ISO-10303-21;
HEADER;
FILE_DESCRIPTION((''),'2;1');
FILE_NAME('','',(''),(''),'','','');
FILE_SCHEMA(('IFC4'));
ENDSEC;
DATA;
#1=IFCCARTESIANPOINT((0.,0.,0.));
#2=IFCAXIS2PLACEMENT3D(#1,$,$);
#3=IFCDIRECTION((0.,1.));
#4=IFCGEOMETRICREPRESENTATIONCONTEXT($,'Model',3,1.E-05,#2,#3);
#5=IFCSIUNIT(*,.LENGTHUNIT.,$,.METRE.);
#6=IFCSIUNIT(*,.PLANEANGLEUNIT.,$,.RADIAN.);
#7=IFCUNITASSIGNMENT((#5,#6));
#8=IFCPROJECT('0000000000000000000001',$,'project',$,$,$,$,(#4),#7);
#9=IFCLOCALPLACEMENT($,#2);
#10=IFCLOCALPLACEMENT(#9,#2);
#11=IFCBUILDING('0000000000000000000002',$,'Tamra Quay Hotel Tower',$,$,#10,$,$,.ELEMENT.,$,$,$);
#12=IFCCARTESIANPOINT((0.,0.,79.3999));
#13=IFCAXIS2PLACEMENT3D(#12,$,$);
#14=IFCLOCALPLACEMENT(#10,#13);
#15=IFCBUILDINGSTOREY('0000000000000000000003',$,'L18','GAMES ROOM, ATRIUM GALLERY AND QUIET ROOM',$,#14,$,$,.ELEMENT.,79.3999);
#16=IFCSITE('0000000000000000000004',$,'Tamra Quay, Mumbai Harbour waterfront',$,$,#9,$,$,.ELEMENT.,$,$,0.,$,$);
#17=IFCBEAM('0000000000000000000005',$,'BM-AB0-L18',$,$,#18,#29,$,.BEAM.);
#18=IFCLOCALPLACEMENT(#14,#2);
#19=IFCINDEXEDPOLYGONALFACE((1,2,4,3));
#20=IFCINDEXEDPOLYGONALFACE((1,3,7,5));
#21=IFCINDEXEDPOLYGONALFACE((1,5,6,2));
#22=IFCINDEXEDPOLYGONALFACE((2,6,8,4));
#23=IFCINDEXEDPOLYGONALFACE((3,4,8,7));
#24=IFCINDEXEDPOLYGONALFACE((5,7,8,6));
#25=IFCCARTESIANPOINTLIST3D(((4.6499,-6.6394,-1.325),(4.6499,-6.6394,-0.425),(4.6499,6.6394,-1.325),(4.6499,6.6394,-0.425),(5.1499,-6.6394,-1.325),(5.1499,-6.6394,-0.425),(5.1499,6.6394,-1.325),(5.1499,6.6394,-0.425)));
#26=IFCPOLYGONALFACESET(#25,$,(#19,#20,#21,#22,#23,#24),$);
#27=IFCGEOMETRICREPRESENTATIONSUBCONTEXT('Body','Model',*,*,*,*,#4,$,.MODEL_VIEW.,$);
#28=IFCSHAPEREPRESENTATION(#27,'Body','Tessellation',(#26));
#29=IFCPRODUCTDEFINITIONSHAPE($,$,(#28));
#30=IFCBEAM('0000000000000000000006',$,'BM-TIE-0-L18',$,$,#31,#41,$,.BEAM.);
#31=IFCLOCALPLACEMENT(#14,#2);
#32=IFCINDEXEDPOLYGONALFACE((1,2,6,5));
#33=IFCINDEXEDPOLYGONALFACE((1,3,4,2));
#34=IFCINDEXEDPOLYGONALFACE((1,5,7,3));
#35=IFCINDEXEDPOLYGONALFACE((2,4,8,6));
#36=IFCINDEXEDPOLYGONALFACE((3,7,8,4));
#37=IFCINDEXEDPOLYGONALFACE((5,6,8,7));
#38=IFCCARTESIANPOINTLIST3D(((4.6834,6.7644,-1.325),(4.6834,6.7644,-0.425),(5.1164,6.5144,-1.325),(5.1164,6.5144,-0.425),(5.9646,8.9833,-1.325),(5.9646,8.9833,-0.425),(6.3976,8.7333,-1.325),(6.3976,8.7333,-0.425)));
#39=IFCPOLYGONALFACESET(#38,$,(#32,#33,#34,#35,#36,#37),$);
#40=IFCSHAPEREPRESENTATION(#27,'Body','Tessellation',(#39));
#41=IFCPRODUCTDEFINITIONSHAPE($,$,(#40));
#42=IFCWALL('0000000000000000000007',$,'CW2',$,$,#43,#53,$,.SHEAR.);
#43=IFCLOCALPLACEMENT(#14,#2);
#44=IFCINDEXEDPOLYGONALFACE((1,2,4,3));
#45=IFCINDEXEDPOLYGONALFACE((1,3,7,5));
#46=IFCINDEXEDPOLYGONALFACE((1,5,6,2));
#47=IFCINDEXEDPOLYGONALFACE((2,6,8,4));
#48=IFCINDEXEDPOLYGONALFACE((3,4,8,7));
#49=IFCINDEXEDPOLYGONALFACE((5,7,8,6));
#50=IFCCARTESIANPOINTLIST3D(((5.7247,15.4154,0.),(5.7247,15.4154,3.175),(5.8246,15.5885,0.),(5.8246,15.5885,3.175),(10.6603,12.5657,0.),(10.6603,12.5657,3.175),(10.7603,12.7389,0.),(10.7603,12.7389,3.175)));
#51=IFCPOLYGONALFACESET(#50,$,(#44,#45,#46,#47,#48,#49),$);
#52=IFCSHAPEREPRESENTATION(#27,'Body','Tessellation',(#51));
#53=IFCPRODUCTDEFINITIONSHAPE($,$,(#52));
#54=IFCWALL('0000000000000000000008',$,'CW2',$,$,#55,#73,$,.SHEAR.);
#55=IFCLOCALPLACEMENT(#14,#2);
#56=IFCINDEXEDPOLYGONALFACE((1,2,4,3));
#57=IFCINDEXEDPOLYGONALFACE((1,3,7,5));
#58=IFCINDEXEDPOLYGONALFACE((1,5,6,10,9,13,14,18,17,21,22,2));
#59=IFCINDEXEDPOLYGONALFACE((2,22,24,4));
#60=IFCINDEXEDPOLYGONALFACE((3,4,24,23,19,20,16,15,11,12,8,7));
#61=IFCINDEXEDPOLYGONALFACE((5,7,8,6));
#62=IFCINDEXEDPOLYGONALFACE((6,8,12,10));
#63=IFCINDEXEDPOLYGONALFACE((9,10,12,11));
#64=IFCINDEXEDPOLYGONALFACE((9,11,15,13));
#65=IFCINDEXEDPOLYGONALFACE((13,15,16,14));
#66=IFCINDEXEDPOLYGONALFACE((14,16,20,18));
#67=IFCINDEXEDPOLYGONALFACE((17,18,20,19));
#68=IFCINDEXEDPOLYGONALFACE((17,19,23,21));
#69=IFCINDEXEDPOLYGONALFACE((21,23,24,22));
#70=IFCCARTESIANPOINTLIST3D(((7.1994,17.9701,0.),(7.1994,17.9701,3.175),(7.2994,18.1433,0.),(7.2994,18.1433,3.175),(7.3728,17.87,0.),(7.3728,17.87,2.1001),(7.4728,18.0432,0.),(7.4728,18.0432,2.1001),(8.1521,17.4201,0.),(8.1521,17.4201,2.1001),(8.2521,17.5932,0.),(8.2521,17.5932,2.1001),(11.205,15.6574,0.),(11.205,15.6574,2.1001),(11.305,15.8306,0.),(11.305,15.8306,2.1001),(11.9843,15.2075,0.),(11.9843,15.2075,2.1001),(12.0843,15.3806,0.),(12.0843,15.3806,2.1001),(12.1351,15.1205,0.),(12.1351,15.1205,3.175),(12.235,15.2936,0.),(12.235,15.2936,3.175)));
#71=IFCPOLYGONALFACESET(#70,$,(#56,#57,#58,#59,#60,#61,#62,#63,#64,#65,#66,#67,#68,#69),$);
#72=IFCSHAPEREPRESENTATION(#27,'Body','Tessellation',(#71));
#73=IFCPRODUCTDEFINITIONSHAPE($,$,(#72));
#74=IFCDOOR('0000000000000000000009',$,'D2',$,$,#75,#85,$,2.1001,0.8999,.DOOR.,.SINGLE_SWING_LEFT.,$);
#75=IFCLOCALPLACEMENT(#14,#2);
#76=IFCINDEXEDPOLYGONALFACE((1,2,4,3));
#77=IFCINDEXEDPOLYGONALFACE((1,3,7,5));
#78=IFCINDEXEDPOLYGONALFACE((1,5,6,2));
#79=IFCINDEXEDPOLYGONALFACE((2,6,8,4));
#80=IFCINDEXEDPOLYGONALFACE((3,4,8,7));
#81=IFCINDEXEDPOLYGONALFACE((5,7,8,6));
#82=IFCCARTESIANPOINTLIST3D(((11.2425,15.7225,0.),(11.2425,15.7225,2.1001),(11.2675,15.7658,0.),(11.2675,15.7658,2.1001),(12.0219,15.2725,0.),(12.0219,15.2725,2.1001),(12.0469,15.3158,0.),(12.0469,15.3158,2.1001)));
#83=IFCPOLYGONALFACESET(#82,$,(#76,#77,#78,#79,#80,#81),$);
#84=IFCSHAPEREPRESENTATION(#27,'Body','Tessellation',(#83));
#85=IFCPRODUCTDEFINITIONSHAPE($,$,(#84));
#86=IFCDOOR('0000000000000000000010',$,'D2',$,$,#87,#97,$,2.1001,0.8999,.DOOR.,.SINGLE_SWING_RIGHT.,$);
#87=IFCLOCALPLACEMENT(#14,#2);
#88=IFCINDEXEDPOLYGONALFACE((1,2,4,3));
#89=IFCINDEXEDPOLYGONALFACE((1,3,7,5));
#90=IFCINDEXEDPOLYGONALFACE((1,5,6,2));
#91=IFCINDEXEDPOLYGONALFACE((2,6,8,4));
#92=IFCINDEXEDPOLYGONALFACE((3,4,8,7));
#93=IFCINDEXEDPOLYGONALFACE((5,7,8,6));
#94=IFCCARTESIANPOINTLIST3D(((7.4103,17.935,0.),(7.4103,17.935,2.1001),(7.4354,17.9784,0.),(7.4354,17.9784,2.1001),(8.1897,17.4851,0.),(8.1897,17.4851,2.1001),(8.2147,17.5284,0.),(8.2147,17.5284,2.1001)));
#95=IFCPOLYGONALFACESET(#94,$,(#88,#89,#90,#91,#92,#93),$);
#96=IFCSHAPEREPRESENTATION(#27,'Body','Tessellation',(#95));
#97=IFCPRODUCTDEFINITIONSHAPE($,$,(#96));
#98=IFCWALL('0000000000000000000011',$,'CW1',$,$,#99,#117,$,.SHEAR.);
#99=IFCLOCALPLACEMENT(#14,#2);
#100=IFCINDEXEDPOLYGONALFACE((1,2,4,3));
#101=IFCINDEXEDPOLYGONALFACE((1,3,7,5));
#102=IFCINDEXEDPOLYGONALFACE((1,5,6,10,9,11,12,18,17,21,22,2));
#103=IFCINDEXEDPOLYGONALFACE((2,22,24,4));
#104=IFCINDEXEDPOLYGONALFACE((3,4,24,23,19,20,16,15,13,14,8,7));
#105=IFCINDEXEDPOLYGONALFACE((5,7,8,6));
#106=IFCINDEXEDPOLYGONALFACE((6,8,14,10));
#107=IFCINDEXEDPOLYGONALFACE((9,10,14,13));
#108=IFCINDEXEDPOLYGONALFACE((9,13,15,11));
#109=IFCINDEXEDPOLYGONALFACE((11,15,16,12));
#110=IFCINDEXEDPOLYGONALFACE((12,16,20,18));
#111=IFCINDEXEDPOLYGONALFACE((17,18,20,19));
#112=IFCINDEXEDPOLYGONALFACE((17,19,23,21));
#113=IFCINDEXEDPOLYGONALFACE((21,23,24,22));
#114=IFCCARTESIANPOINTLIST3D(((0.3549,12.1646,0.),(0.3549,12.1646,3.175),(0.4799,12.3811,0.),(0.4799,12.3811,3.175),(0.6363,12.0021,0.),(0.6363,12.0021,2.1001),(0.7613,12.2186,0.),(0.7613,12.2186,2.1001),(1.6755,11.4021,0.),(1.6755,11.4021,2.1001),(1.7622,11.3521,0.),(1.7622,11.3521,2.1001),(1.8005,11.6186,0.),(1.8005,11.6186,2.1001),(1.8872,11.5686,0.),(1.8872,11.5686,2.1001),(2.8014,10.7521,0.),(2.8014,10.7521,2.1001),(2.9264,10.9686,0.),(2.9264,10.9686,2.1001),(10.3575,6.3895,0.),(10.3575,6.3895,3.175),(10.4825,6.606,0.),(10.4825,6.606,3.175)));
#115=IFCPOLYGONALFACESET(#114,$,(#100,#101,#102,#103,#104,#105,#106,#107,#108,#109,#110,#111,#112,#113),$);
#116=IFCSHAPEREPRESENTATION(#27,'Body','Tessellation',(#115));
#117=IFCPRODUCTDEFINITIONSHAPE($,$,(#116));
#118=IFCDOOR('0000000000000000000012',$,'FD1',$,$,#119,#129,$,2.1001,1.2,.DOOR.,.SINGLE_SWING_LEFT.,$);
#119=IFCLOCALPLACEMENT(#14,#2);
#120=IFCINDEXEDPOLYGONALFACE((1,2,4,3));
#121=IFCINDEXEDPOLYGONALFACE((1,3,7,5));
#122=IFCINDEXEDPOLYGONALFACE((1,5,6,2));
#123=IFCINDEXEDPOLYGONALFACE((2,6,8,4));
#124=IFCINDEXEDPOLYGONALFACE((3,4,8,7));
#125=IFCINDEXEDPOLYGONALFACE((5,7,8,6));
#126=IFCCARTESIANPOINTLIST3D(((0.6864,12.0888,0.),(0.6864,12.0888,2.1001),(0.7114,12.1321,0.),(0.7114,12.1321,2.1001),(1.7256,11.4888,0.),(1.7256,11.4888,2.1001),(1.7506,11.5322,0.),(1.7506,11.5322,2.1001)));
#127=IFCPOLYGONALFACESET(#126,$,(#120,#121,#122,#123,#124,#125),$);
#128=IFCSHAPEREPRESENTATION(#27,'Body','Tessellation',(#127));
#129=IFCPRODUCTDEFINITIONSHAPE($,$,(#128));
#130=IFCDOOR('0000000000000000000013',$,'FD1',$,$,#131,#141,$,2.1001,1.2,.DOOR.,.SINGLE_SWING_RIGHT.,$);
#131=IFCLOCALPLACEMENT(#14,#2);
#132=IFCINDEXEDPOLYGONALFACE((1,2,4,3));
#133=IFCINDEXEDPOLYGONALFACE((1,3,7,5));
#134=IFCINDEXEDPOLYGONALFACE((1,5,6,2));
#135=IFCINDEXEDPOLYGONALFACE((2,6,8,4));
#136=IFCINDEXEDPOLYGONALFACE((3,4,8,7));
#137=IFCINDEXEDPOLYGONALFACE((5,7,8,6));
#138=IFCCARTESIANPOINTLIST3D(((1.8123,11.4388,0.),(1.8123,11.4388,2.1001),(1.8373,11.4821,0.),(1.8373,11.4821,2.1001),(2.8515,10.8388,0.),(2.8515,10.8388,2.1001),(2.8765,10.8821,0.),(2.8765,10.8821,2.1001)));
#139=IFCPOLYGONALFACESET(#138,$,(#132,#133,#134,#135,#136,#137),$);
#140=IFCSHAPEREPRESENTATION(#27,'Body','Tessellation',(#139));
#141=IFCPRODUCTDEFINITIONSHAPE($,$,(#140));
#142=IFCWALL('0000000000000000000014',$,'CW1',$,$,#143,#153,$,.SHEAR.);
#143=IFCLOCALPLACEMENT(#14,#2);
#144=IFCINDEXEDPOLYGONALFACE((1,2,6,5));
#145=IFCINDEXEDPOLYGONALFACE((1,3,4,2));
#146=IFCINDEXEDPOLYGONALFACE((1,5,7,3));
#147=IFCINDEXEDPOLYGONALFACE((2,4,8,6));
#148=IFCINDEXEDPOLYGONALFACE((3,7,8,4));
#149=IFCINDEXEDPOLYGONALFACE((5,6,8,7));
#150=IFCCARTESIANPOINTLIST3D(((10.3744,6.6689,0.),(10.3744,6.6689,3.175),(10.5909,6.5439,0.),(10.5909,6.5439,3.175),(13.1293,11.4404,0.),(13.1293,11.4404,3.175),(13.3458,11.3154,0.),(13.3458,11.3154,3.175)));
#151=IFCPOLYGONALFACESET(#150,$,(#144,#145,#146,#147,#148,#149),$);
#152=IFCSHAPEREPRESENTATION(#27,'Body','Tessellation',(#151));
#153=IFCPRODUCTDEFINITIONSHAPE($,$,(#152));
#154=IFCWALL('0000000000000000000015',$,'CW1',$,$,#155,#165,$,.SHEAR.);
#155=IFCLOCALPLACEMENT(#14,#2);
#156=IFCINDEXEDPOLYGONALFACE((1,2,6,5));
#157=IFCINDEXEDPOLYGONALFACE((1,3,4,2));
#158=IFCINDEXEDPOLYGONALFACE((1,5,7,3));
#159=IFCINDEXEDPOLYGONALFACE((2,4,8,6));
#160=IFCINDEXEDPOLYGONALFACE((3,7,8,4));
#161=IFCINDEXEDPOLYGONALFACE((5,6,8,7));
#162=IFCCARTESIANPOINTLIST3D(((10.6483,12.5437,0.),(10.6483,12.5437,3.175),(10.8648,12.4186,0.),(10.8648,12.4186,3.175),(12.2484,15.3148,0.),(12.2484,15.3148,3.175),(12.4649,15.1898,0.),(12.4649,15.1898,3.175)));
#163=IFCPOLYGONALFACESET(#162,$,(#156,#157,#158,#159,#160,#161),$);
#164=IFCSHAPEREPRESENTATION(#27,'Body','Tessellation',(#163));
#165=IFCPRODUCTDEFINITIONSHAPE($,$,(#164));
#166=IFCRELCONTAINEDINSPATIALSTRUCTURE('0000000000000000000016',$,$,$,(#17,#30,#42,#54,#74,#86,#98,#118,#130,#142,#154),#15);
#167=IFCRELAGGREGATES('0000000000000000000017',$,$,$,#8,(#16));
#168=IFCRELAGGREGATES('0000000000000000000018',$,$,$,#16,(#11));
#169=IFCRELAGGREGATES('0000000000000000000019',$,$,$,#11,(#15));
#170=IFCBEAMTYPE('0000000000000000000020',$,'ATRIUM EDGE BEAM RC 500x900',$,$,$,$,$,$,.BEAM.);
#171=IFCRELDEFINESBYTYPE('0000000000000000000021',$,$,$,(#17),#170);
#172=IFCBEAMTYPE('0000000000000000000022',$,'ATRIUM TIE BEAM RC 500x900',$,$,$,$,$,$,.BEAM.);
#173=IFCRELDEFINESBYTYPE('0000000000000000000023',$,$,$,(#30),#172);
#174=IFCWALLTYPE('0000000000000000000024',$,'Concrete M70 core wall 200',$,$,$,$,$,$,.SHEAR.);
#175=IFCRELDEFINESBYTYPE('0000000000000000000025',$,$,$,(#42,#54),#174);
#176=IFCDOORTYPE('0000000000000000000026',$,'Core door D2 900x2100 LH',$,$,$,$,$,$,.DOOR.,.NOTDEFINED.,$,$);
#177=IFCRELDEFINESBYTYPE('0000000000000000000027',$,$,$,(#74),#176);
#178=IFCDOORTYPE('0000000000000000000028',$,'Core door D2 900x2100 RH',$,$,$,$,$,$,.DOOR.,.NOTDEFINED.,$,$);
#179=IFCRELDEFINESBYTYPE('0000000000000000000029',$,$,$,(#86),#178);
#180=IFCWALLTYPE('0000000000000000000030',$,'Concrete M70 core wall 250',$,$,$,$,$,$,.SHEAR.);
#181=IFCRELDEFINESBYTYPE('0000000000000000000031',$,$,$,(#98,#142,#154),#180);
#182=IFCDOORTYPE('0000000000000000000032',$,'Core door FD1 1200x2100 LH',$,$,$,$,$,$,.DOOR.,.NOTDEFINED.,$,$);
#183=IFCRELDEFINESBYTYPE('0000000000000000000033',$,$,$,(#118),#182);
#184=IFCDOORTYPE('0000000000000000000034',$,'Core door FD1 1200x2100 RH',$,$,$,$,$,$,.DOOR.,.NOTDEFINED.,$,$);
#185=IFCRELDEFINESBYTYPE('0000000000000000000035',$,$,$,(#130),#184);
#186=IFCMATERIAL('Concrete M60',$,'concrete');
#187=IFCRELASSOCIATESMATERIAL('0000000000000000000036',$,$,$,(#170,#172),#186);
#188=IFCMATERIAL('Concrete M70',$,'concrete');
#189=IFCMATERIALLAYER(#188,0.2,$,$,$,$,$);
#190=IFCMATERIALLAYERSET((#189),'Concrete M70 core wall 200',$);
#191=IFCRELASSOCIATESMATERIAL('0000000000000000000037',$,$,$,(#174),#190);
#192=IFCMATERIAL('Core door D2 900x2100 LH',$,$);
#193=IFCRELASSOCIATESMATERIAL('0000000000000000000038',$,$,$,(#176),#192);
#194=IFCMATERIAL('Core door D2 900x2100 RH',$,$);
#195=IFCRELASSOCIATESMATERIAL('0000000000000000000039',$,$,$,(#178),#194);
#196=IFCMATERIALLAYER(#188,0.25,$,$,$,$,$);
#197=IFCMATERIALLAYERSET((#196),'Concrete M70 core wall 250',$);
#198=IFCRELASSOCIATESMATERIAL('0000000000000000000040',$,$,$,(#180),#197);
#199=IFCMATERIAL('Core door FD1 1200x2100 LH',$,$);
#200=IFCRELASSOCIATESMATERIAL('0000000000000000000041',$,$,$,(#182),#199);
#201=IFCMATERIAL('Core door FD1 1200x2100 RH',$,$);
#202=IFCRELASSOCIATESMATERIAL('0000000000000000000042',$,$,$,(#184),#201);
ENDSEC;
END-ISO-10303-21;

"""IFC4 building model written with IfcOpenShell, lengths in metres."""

from ifc_helpers import new_model, si_unit, direction, frame, frame_2d, origin, origin_2d, place, context, subcontext, project, spatial, rectangle, extrude, material, layer, layer_set, material_profile, profile_set, type_object, element, fill, save


model = new_model("IFC4")

# Units and contexts
model_context = context("Model", 3, precision=1e-05, world=origin(), true_north=direction((0.0, 1.0)))
body_context = subcontext(model_context, "Body", "Model", "MODEL_VIEW")
ifc_project = project(units=[si_unit("LENGTHUNIT", "METRE"), si_unit("PLANEANGLEUNIT", "RADIAN")], contexts=[model_context])

# Site, building, storey
site_placement = place(None, origin())
site = spatial("IfcSite", under=ifc_project, at=site_placement, Name="Tamra Quay, Mumbai Harbour waterfront", CompositionType="ELEMENT", RefElevation=0.0)
building_placement = place(site_placement, origin())
building = spatial("IfcBuilding", under=site, at=building_placement, Name="Tamra Quay Hotel Tower", CompositionType="ELEMENT")
storey_placement = place(building_placement, frame((0.0, 0.0, 79.3999)))
storey = spatial("IfcBuildingStorey", under=building, at=storey_placement, Name="L18", Description="GAMES ROOM, ATRIUM GALLERY AND QUIET ROOM", CompositionType="ELEMENT", Elevation=79.3999)

# Beams
ifc_material_1 = material(Name="Concrete M60", Category="concrete")
ifc_material_profile_1 = material_profile(ifc_material_1, rectangle(XDim=0.5, YDim=0.8999, at=origin_2d()), Name="ATRIUM EDGE BEAM RC 500x900")
ifc_profile_set_1 = profile_set([ifc_material_profile_1], Name="Concrete M60")
beam_type_1 = type_object("IfcBeamType", Name="ATRIUM EDGE BEAM RC 500x900", PredefinedType="BEAM", material=ifc_profile_set_1)
beam_1_placement = place(storey_placement, frame((4.8999, 6.6394, -0.875), z_axis=(0.0, -1.0, 0.0), x_axis=(1.0, 0.0, 0.0)))
element("IfcBeam", 1, at=beam_1_placement, inside=storey, type_object=beam_type_1, Name="BM-AB0-L18", PredefinedType="BEAM", context=body_context, shape_type="SweptSolid", body=[
    extrude(rectangle(XDim=0.5, YDim=0.8999, at=origin_2d()), origin(), (0.0, 0.0, 1.0), 13.2788),
])
ifc_material_profile_2 = material_profile(ifc_material_1, rectangle(XDim=0.5, YDim=0.8999, at=origin_2d()), Name="ATRIUM TIE BEAM RC 500x900")
ifc_profile_set_2 = profile_set([ifc_material_profile_2], Name="Concrete M60")
beam_type_2 = type_object("IfcBeamType", Name="ATRIUM TIE BEAM RC 500x900", PredefinedType="BEAM", material=ifc_profile_set_2)
beam_2_placement = place(storey_placement, frame((4.8999, 6.6394, -0.875), z_axis=(0.500033, 0.866006, 0.0), x_axis=(-0.866006, 0.500033, 0.0)))
element("IfcBeam", 2, at=beam_2_placement, inside=storey, type_object=beam_type_2, Name="BM-TIE-0-L18", PredefinedType="BEAM", context=body_context, shape_type="SweptSolid", body=[
    extrude(rectangle(XDim=0.5, YDim=0.8999, at=origin_2d()), origin(), (0.0, 0.0, 1.0), 2.5623),
])

# Wall
ifc_material_2 = material(Name="Concrete M70", Category="concrete")
ifc_layer_1 = layer(ifc_material_2, 0.2)
ifc_layer_set_1 = layer_set([ifc_layer_1], Name="Concrete M70 core wall 200")
wall_type_1 = type_object("IfcWallType", Name="Concrete M70 core wall 200", PredefinedType="SHEAR", material=ifc_layer_set_1)
wall_1_placement = place(storey_placement, frame((5.7747, 15.502, 0.0), z_axis=(0.0, 0.0, 1.0), x_axis=(0.86602, -0.500009, 0.0)))
element("IfcWall", 3, at=wall_1_placement, inside=storey, type_object=wall_type_1, Name="CW2", PredefinedType="SHEAR", context=body_context, shape_type="SweptSolid", body=[
    extrude(rectangle(XDim=5.6992, YDim=0.2, at=frame_2d((2.8496, 0.0))), origin(), (0.0, 0.0, 1.0), 3.175),
])

# Walls, openings, doors
wall_2_placement = place(storey_placement, frame((12.1851, 15.207, 0.0), z_axis=(0.0, 0.0, 1.0), x_axis=(-0.86602, 0.500009, 0.0)))
wall_2 = element("IfcWall", 4, at=wall_2_placement, inside=storey, type_object=wall_type_1, Name="CW2", PredefinedType="SHEAR", context=body_context, shape_type="SweptSolid", body=[
    extrude(rectangle(XDim=5.6992, YDim=0.2, at=frame_2d((2.8496, 0.0))), origin(), (0.0, 0.0, 1.0), 3.175),
])
opening_1_placement = place(wall_2_placement, frame((0.1741, 0.0, 0.0)))
opening_1 = element("IfcOpeningElement", 5, at=opening_1_placement, cuts=wall_2, PredefinedType="OPENING", context=body_context, shape_type="SweptSolid", body=[
    extrude(rectangle(XDim=0.8999, YDim=2.1001, at=frame_2d((0.45, 1.05))), frame((0.0, 0.1099, 0.0), z_axis=(0.0, -1.0, 0.0), x_axis=(1.0, 0.0, 0.0)), (0.0, 0.0, 1.0), 0.22),
])
opening_2_placement = place(wall_2_placement, frame((4.5991, 0.0, 0.0)))
opening_2 = element("IfcOpeningElement", 6, at=opening_2_placement, cuts=wall_2, PredefinedType="OPENING", context=body_context, shape_type="SweptSolid", body=[
    extrude(rectangle(XDim=0.8999, YDim=2.1001, at=frame_2d((0.45, 1.05))), frame((0.0, 0.1099, 0.0), z_axis=(0.0, -1.0, 0.0), x_axis=(1.0, 0.0, 0.0)), (0.0, 0.0, 1.0), 0.22),
])
ifc_material_3 = material(Name="Core door D2 900x2100 LH")
door_type_1 = type_object("IfcDoorType", Name="Core door D2 900x2100 LH", OperationType="NOTDEFINED", PredefinedType="DOOR", material=ifc_material_3)
door_1_placement = place(opening_1_placement, origin())
door_1 = element("IfcDoor", 7, at=door_1_placement, inside=storey, type_object=door_type_1, Name="D2", OperationType="SINGLE_SWING_LEFT", OverallHeight=2.1001, OverallWidth=0.8999, PredefinedType="DOOR", context=body_context, shape_type="SweptSolid", body=[
    extrude(rectangle(XDim=0.8999, YDim=2.1001, at=frame_2d((0.45, 1.05))), frame((0.0, 0.0249, 0.0), z_axis=(0.0, -1.0, 0.0), x_axis=(1.0, 0.0, 0.0)), (0.0, 0.0, 1.0), 0.05),
])
fill(opening_1, door_1)
ifc_material_4 = material(Name="Core door D2 900x2100 RH")
door_type_2 = type_object("IfcDoorType", Name="Core door D2 900x2100 RH", OperationType="NOTDEFINED", PredefinedType="DOOR", material=ifc_material_4)
door_2_placement = place(opening_2_placement, origin())
door_2 = element("IfcDoor", 8, at=door_2_placement, inside=storey, type_object=door_type_2, Name="D2", OperationType="SINGLE_SWING_RIGHT", OverallHeight=2.1001, OverallWidth=0.8999, PredefinedType="DOOR", context=body_context, shape_type="SweptSolid", body=[
    extrude(rectangle(XDim=0.8999, YDim=2.1001, at=frame_2d((0.45, 1.05))), frame((0.0, 0.0249, 0.0), z_axis=(0.0, -1.0, 0.0), x_axis=(1.0, 0.0, 0.0)), (0.0, 0.0, 1.0), 0.05),
])
fill(opening_2, door_2)
ifc_layer_2 = layer(ifc_material_2, 0.25)
ifc_layer_set_2 = layer_set([ifc_layer_2], Name="Concrete M70 core wall 250")
wall_type_2 = type_object("IfcWallType", Name="Concrete M70 core wall 250", PredefinedType="SHEAR", material=ifc_layer_set_2)
wall_3_placement = place(storey_placement, frame((10.4199, 6.4978, 0.0), z_axis=(0.0, 0.0, 1.0), x_axis=(-0.866022, 0.500006, 0.0)))
wall_3 = element("IfcWall", 9, at=wall_3_placement, inside=storey, type_object=wall_type_2, Name="CW1", PredefinedType="SHEAR", context=body_context, shape_type="SweptSolid", body=[
    extrude(rectangle(XDim=11.55, YDim=0.25, at=frame_2d((5.7749, 0.0))), origin(), (0.0, 0.0, 1.0), 3.175),
])
opening_3_placement = place(wall_3_placement, frame((10.0249, 0.0, 0.0)))
opening_3 = element("IfcOpeningElement", 10, at=opening_3_placement, cuts=wall_3, PredefinedType="OPENING", context=body_context, shape_type="SweptSolid", body=[
    extrude(rectangle(XDim=1.2, YDim=2.1001, at=frame_2d((0.6001, 1.05))), frame((0.0, 0.135, 0.0), z_axis=(0.0, -1.0, 0.0), x_axis=(1.0, 0.0, 0.0)), (0.0, 0.0, 1.0), 0.27),
])
opening_4_placement = place(wall_3_placement, frame((8.7249, 0.0, 0.0)))
opening_4 = element("IfcOpeningElement", 11, at=opening_4_placement, cuts=wall_3, PredefinedType="OPENING", context=body_context, shape_type="SweptSolid", body=[
    extrude(rectangle(XDim=1.2, YDim=2.1001, at=frame_2d((0.6001, 1.05))), frame((0.0, 0.135, 0.0), z_axis=(0.0, -1.0, 0.0), x_axis=(1.0, 0.0, 0.0)), (0.0, 0.0, 1.0), 0.27),
])
ifc_material_5 = material(Name="Core door FD1 1200x2100 LH")
door_type_3 = type_object("IfcDoorType", Name="Core door FD1 1200x2100 LH", OperationType="NOTDEFINED", PredefinedType="DOOR", material=ifc_material_5)
door_3_placement = place(opening_3_placement, origin())
door_3 = element("IfcDoor", 12, at=door_3_placement, inside=storey, type_object=door_type_3, Name="FD1", OperationType="SINGLE_SWING_LEFT", OverallHeight=2.1001, OverallWidth=1.2, PredefinedType="DOOR", context=body_context, shape_type="SweptSolid", body=[
    extrude(rectangle(XDim=1.2, YDim=2.1001, at=frame_2d((0.6001, 1.05))), frame((0.0, 0.0249, 0.0), z_axis=(0.0, -1.0, 0.0), x_axis=(1.0, 0.0, 0.0)), (0.0, 0.0, 1.0), 0.05),
])
fill(opening_3, door_3)
ifc_material_6 = material(Name="Core door FD1 1200x2100 RH")
door_type_4 = type_object("IfcDoorType", Name="Core door FD1 1200x2100 RH", OperationType="NOTDEFINED", PredefinedType="DOOR", material=ifc_material_6)
door_4_placement = place(opening_4_placement, origin())
door_4 = element("IfcDoor", 13, at=door_4_placement, inside=storey, type_object=door_type_4, Name="FD1", OperationType="SINGLE_SWING_RIGHT", OverallHeight=2.1001, OverallWidth=1.2, PredefinedType="DOOR", context=body_context, shape_type="SweptSolid", body=[
    extrude(rectangle(XDim=1.2, YDim=2.1001, at=frame_2d((0.6001, 1.05))), frame((0.0, 0.0249, 0.0), z_axis=(0.0, -1.0, 0.0), x_axis=(1.0, 0.0, 0.0)), (0.0, 0.0, 1.0), 0.05),
])
fill(opening_4, door_4)

# Walls
wall_4_placement = place(storey_placement, frame((13.2375, 11.3779, 0.0), z_axis=(0.0, 0.0, 1.0), x_axis=(-0.500009, -0.86602, 0.0)))
element("IfcWall", 14, at=wall_4_placement, inside=storey, type_object=wall_type_2, Name="CW1", PredefinedType="SHEAR", context=body_context, shape_type="SweptSolid", body=[
    extrude(rectangle(XDim=5.5098, YDim=0.25, at=frame_2d((2.7549, 0.0))), origin(), (0.0, 0.0, 1.0), 3.175),
])
wall_5_placement = place(storey_placement, frame((12.3567, 15.2524, 0.0), z_axis=(0.0, 0.0, 1.0), x_axis=(-0.500028, -0.866009, 0.0)))
element("IfcWall", 15, at=wall_5_placement, inside=storey, type_object=wall_type_2, Name="CW1", PredefinedType="SHEAR", context=body_context, shape_type="SweptSolid", body=[
    extrude(rectangle(XDim=3.2, YDim=0.25, at=frame_2d((1.6001, 0.0))), origin(), (0.0, 0.0, 1.0), 3.175),
])

save(model, "model.ifc")
